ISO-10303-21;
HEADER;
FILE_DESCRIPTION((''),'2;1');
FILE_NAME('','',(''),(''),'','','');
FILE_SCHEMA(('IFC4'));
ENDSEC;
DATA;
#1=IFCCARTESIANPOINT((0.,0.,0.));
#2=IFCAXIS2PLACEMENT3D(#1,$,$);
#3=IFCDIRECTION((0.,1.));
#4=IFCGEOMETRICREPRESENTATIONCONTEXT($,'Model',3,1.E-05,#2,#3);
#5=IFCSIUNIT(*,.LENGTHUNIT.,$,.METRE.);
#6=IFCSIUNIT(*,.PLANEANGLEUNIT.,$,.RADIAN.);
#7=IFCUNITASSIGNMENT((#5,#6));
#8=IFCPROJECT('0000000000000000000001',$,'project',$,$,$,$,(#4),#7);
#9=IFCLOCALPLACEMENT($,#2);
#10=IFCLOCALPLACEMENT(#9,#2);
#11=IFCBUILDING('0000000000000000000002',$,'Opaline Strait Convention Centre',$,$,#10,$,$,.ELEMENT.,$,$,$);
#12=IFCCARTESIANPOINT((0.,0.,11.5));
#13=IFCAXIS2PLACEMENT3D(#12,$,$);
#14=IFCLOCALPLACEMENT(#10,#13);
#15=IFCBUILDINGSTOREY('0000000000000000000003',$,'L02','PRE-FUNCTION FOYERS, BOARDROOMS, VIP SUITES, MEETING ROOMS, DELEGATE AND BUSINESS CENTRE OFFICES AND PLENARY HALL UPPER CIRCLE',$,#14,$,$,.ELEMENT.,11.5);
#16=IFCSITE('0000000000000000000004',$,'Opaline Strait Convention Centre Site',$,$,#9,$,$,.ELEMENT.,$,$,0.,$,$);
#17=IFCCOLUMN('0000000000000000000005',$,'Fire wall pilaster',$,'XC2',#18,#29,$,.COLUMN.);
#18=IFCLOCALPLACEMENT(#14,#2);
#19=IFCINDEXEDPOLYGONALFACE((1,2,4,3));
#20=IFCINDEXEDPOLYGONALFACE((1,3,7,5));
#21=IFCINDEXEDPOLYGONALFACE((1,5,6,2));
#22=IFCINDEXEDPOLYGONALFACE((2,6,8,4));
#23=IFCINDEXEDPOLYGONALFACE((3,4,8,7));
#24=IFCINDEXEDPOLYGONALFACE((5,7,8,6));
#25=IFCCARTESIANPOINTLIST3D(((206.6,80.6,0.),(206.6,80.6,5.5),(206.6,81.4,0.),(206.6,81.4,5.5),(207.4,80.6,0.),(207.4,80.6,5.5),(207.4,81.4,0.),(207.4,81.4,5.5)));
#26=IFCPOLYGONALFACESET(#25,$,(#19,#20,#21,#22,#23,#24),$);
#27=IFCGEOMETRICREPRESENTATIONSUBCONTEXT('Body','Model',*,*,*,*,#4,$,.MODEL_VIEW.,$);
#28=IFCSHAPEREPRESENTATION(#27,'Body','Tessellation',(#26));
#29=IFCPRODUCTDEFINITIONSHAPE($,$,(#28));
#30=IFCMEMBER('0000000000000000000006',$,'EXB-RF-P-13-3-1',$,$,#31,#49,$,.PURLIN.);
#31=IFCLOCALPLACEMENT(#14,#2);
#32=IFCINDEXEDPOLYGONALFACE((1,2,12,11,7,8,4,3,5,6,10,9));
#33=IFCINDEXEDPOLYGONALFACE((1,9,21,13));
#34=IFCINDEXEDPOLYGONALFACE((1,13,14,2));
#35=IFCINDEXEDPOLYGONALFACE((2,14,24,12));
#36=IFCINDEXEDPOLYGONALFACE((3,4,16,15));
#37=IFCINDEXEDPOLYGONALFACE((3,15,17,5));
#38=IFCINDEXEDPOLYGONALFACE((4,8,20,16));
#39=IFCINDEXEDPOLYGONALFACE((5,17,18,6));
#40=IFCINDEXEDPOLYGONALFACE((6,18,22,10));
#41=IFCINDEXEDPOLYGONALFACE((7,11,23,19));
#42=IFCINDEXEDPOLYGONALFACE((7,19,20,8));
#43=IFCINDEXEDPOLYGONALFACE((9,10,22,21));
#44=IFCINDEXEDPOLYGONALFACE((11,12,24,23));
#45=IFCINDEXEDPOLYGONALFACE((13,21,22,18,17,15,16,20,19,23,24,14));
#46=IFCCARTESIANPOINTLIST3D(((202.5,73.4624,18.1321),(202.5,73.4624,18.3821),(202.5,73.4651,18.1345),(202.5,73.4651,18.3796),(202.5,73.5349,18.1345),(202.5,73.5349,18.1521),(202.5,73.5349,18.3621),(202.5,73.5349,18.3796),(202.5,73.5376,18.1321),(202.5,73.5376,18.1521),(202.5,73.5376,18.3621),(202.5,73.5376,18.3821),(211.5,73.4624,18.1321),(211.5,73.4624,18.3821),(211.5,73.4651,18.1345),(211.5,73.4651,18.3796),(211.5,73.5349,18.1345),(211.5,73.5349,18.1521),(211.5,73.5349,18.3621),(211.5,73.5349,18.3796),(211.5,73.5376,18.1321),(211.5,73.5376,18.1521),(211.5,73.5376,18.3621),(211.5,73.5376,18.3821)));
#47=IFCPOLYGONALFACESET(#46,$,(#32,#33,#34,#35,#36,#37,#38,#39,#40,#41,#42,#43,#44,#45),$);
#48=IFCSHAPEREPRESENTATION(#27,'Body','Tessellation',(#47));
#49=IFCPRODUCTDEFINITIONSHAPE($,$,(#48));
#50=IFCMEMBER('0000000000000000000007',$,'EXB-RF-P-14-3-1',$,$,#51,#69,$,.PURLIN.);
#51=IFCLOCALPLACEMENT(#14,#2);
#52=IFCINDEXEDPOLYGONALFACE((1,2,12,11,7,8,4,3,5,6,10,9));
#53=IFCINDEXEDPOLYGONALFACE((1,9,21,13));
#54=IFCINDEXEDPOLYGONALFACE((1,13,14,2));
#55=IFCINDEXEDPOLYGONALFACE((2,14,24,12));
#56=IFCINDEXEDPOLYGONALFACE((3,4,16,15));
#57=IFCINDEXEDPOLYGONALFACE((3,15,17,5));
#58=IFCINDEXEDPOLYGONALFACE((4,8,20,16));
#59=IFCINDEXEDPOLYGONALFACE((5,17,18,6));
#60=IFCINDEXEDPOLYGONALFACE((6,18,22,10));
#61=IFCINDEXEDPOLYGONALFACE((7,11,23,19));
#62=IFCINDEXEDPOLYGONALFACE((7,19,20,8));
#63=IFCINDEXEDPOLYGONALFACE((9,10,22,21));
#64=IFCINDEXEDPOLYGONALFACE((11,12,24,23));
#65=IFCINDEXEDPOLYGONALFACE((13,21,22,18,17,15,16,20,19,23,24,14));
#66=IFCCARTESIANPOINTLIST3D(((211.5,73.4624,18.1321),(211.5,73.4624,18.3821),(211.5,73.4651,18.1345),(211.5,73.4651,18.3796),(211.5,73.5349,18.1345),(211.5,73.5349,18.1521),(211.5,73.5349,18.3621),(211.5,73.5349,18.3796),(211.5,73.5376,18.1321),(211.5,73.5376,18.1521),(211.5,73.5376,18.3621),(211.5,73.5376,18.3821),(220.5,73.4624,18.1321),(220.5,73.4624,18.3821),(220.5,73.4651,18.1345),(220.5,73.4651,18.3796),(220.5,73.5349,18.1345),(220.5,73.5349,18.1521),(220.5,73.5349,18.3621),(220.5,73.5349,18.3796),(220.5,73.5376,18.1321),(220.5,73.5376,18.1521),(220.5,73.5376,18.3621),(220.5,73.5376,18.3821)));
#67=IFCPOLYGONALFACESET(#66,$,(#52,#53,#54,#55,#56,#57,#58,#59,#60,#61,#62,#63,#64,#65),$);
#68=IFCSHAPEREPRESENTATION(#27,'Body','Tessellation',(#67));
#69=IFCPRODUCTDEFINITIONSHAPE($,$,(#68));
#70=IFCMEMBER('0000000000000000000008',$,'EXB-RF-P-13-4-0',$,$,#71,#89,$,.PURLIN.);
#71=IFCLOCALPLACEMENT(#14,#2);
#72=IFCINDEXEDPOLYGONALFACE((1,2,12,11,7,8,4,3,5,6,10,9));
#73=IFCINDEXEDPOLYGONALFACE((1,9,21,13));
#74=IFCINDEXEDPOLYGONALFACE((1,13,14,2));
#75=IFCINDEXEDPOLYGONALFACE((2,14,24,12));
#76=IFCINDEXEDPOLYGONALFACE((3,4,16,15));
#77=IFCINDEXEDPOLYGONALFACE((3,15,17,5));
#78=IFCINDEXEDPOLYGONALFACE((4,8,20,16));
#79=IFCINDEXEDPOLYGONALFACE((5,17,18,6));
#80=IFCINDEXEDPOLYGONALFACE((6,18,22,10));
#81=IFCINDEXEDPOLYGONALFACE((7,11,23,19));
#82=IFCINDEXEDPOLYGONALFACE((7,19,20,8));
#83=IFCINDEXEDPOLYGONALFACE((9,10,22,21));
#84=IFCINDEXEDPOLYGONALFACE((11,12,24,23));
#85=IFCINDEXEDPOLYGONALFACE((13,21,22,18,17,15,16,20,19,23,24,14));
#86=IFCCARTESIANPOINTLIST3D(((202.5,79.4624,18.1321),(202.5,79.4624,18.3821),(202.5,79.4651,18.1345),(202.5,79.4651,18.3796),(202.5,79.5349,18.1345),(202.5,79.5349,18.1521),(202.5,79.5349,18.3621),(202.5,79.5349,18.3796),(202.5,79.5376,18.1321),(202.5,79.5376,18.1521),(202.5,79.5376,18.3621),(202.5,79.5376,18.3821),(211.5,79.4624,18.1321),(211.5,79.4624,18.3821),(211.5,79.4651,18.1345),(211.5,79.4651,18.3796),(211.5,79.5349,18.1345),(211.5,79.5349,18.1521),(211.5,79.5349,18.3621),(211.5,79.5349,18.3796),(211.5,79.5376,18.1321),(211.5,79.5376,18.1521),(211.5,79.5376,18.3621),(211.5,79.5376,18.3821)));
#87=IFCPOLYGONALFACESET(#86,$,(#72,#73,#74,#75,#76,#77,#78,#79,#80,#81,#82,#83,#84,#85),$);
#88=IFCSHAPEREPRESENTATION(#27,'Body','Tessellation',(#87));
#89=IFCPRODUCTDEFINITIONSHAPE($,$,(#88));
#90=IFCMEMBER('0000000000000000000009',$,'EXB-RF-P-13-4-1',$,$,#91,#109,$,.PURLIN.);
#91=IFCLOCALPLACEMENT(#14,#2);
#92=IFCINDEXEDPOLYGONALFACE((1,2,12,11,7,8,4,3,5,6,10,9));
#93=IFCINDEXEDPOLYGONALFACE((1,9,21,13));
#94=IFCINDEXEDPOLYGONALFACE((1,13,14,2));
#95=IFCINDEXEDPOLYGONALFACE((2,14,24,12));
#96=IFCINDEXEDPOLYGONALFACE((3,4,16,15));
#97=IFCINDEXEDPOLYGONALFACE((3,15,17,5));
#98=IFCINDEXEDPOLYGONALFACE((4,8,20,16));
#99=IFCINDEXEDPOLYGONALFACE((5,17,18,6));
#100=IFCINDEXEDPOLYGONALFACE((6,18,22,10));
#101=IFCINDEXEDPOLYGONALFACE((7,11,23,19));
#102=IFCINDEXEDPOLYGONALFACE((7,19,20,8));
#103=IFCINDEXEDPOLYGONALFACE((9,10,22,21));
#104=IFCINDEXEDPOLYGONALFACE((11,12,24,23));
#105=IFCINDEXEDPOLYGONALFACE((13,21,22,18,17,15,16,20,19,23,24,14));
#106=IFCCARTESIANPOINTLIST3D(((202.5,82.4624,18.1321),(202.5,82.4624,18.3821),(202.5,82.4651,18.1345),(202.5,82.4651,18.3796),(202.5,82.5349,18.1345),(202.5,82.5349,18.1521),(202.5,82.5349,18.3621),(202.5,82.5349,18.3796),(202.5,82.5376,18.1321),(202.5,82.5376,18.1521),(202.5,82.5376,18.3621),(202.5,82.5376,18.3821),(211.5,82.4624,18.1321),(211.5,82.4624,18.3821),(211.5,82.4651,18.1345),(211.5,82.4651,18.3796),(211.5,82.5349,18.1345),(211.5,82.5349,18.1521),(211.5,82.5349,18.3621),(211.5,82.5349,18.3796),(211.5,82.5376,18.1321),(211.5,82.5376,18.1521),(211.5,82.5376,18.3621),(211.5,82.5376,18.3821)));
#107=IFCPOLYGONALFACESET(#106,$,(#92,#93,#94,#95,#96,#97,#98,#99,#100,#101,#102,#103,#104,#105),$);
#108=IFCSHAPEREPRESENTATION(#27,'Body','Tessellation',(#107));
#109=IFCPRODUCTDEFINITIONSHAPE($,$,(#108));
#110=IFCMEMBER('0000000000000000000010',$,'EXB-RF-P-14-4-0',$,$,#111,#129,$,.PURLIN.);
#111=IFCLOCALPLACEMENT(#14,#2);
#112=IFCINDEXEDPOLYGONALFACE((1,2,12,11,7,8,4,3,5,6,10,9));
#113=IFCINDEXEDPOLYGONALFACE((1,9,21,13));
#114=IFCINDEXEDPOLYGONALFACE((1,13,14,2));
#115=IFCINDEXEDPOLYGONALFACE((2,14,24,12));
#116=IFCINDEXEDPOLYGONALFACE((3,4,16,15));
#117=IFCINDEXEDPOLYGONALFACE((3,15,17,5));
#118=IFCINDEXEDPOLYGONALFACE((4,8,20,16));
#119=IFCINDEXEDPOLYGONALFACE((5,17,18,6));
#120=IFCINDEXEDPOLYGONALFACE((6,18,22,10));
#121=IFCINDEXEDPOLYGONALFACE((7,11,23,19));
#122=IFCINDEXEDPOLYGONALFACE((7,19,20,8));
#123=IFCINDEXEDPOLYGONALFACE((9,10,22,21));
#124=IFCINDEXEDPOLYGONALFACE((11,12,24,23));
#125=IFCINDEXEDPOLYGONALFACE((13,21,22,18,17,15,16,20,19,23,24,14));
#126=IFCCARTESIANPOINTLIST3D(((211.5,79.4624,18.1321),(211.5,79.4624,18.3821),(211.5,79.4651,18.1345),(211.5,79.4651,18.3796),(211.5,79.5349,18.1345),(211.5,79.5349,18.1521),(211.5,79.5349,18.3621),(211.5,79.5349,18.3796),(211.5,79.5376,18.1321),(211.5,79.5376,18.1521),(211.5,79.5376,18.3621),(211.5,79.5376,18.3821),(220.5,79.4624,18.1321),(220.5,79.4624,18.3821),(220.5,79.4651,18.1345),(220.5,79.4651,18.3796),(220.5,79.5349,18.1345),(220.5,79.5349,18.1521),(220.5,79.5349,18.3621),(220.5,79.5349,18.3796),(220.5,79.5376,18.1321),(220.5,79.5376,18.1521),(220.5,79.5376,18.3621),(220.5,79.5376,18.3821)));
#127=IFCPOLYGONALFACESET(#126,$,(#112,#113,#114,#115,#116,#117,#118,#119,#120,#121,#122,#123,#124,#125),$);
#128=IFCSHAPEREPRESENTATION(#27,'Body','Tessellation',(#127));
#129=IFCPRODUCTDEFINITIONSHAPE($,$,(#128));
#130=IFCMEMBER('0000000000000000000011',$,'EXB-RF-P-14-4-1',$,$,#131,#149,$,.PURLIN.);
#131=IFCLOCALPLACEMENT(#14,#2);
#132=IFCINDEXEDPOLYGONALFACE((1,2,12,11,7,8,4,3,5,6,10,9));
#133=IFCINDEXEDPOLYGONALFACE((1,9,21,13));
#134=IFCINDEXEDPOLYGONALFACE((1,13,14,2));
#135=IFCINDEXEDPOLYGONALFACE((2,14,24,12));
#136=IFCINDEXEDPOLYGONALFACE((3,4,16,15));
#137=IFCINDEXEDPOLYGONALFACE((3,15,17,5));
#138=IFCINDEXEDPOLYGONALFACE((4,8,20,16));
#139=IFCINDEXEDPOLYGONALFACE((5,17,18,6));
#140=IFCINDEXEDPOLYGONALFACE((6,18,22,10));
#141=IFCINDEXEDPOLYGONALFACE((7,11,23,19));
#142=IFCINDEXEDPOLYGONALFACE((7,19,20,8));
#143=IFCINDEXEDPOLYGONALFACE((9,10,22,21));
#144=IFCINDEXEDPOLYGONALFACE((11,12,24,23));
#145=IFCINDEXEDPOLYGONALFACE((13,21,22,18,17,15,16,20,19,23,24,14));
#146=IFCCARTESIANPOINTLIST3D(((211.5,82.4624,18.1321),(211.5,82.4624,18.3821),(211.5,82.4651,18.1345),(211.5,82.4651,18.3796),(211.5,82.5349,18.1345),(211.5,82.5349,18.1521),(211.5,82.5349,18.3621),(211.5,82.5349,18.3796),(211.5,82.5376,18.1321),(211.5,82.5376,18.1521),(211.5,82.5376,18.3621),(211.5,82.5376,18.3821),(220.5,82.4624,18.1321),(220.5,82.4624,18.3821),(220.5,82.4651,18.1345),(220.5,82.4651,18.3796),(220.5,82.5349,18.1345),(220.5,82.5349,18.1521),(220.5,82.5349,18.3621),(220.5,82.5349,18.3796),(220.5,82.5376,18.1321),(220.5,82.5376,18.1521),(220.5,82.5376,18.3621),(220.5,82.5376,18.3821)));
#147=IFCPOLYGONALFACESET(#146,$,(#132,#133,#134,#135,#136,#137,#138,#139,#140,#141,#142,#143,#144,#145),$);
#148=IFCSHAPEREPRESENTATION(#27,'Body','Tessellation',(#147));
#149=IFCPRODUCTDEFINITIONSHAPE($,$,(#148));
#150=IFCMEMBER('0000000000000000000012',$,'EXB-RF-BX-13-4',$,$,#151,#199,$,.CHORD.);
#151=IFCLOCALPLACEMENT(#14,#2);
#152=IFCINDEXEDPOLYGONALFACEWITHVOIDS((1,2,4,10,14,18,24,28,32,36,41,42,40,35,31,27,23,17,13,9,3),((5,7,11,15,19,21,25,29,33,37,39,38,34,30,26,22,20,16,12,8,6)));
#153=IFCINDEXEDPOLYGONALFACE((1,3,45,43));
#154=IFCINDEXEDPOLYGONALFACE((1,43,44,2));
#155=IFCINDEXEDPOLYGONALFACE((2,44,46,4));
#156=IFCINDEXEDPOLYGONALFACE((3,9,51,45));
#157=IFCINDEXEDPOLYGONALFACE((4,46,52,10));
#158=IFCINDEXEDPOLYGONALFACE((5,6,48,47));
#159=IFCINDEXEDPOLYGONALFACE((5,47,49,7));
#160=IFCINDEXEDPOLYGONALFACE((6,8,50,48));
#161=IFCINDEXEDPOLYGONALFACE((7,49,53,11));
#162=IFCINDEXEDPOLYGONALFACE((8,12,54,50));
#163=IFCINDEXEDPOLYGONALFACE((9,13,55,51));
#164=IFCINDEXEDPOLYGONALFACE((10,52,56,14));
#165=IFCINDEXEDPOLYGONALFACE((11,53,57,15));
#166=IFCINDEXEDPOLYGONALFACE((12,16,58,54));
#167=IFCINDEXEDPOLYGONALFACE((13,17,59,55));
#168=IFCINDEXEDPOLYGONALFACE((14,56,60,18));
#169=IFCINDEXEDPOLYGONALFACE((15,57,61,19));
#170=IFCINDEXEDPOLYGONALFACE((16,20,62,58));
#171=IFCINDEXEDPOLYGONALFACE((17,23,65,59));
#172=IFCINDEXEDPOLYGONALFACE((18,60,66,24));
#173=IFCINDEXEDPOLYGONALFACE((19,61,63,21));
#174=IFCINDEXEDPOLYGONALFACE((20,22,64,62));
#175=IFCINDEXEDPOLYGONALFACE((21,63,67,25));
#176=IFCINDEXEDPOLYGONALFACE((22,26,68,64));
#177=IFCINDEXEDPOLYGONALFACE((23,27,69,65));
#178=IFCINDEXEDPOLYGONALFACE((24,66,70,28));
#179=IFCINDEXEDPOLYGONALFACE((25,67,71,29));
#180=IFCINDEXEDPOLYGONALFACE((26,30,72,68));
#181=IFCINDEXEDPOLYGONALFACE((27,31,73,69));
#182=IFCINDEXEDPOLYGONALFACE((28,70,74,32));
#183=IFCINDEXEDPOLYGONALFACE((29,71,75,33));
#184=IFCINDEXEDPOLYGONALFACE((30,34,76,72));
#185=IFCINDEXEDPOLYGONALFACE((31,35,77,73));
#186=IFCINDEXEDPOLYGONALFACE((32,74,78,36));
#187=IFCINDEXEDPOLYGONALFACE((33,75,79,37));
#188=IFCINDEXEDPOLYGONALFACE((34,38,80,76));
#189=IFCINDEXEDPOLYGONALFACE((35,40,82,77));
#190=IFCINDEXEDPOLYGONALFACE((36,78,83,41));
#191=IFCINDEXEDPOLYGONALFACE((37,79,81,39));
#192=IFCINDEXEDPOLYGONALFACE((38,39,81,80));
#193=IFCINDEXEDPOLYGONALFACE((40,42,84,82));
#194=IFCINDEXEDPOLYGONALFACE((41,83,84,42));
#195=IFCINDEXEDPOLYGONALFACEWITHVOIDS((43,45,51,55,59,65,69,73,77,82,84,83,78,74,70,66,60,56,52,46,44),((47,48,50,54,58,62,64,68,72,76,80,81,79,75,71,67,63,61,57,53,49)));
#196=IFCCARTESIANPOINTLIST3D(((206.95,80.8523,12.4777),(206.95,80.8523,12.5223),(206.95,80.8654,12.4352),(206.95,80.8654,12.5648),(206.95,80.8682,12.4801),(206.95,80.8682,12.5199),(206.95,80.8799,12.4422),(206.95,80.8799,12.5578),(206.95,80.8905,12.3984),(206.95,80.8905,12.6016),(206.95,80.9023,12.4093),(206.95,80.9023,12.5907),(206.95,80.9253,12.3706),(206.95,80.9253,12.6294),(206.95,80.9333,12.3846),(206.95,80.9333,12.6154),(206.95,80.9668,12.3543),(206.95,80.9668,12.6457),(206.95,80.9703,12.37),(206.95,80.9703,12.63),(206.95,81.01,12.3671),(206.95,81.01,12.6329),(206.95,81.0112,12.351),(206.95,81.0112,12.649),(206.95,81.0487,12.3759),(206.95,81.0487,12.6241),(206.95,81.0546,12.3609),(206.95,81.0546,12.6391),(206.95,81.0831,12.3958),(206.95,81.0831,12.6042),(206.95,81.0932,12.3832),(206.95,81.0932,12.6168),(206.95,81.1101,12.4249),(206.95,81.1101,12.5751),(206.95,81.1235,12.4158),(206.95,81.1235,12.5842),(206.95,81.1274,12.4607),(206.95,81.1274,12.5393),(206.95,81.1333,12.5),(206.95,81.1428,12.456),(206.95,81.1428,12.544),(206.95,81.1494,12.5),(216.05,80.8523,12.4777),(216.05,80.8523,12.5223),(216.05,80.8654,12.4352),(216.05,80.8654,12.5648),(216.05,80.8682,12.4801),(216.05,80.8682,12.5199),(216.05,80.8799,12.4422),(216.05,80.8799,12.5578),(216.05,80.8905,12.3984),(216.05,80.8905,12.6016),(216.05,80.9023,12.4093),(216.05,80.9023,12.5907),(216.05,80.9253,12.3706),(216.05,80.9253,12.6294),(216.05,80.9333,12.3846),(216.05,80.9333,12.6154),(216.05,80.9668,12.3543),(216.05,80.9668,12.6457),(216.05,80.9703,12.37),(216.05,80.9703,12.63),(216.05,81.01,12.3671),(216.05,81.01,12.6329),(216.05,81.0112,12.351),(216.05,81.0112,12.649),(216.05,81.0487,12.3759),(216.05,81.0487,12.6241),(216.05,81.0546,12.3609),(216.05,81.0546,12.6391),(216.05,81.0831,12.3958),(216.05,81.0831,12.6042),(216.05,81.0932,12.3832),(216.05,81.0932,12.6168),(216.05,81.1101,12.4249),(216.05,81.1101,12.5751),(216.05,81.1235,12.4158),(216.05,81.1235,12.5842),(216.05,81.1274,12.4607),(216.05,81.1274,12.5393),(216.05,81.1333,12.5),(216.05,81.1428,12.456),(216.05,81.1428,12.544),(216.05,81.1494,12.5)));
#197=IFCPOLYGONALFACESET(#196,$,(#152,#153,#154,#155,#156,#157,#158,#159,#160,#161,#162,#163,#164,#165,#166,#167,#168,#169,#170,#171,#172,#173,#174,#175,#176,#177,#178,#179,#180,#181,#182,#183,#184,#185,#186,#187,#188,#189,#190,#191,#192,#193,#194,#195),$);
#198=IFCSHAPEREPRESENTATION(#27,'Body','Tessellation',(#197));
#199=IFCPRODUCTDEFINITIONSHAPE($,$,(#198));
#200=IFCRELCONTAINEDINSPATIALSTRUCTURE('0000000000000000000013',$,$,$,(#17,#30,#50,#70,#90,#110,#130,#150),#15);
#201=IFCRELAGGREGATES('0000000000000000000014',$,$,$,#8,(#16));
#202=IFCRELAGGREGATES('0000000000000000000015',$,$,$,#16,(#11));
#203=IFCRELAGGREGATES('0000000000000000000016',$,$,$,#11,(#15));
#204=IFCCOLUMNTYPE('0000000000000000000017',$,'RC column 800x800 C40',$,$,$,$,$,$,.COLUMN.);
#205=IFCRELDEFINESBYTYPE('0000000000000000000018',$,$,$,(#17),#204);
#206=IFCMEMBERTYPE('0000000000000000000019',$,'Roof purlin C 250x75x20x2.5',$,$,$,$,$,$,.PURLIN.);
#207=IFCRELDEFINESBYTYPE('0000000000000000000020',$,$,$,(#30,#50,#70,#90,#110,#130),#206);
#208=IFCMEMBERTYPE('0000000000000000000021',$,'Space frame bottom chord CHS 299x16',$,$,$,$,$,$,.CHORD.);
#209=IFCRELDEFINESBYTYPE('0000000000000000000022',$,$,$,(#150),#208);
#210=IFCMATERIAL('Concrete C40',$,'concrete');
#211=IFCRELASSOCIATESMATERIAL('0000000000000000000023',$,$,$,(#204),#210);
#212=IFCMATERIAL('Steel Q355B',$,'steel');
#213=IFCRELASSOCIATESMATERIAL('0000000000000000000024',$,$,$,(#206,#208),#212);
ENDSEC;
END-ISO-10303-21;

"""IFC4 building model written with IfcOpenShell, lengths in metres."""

from ifc_helpers import new_model, si_unit, direction, frame, origin, origin_2d, place, context, subcontext, project, spatial, polyline, rectangle, hollow_circle, outline, extrude, material, material_profile, profile_set, type_object, element, save


model = new_model("IFC4")

# Units and contexts
model_context = context("Model", 3, precision=1e-05, world=origin(), true_north=direction((0.0, 1.0)))
body_context = subcontext(model_context, "Body", "Model", "MODEL_VIEW")
ifc_project = project(units=[si_unit("LENGTHUNIT", "METRE"), si_unit("PLANEANGLEUNIT", "RADIAN")], contexts=[model_context])

# Site, building, storey
site_placement = place(None, origin())
site = spatial("IfcSite", under=ifc_project, at=site_placement, Name="Opaline Strait Convention Centre Site", CompositionType="ELEMENT", RefElevation=0.0)
building_placement = place(site_placement, origin())
building = spatial("IfcBuilding", under=site, at=building_placement, Name="Opaline Strait Convention Centre", CompositionType="ELEMENT")
storey_placement = place(building_placement, frame((0.0, 0.0, 11.5)))
storey = spatial("IfcBuildingStorey", under=building, at=storey_placement, Name="L02", Description="PRE-FUNCTION FOYERS, BOARDROOMS, VIP SUITES, MEETING ROOMS, DELEGATE AND BUSINESS CENTRE OFFICES AND PLENARY HALL UPPER CIRCLE", CompositionType="ELEMENT", Elevation=11.5)

# Column
ifc_material_1 = material(Name="Concrete C40", Category="concrete")
ifc_material_profile_1 = material_profile(ifc_material_1, rectangle(XDim=0.8, YDim=0.8, at=origin_2d()), Name="RC 800x800")
ifc_profile_set_1 = profile_set([ifc_material_profile_1], Name="Concrete C40")
column_type = type_object("IfcColumnType", Name="RC column 800x800 C40", PredefinedType="COLUMN", material=ifc_profile_set_1)
column_placement = place(storey_placement, frame((207.0, 81.0, 0.0), z_axis=(0.0, 0.0, 1.0), x_axis=(1.0, 0.0, 0.0)))
element("IfcColumn", 1, at=column_placement, inside=storey, type_object=column_type, Name="Fire wall pilaster", ObjectType="XC2", PredefinedType="COLUMN", context=body_context, shape_type="SweptSolid", body=[
    extrude(rectangle(XDim=0.8, YDim=0.8, at=origin_2d()), origin(), (0.0, 0.0, 1.0), 5.5),
])

# Members
ifc_material_2 = material(Name="Steel Q355B", Category="steel")
ifc_material_profile_2 = material_profile(ifc_material_2, outline(polyline([(-0.0376, -0.125), (0.0376, -0.125), (0.0376, -0.105), (0.0349, -0.105), (0.0349, -0.1226), (-0.0349, -0.1226), (-0.0349, 0.1226), (0.0349, 0.1226), (0.0349, 0.105), (0.0376, 0.105), (0.0376, 0.125), (-0.0376, 0.125), (-0.0376, -0.125)])), Name="C 250x75x20x2.5")
ifc_profile_set_2 = profile_set([ifc_material_profile_2], Name="Steel Q355B")
member_type_1 = type_object("IfcMemberType", Name="Roof purlin C 250x75x20x2.5", PredefinedType="PURLIN", material=ifc_profile_set_2)
for number, where, z_axis, x_axis, name in (
    (2, (202.5, 73.5, 18.2571), (1.0, 0.0, 0.0), (0.0, 1.0, 0.0), "EXB-RF-P-13-3-1"),
    (3, (211.5, 73.5, 18.2571), (1.0, 0.0, 0.0), (0.0, 1.0, 0.0), "EXB-RF-P-14-3-1"),
    (4, (202.5, 79.5, 18.2571), (1.0, 0.0, 0.0), (0.0, 1.0, 0.0), "EXB-RF-P-13-4-0"),
    (5, (202.5, 82.5, 18.2571), (1.0, 0.0, 0.0), (0.0, 1.0, 0.0), "EXB-RF-P-13-4-1"),
    (6, (211.5, 79.5, 18.2571), (1.0, 0.0, 0.0), (0.0, 1.0, 0.0), "EXB-RF-P-14-4-0"),
    (7, (211.5, 82.5, 18.2571), (1.0, 0.0, 0.0), (0.0, 1.0, 0.0), "EXB-RF-P-14-4-1"),
):
    element("IfcMember", number, at=place(storey_placement, frame(where, z_axis=z_axis, x_axis=x_axis)), inside=storey, type_object=member_type_1, Name=name, PredefinedType="PURLIN", context=body_context, shape_type="SweptSolid", body=[
        extrude(outline(polyline([(-0.0376, -0.125), (0.0376, -0.125), (0.0376, -0.105), (0.0349, -0.105), (0.0349, -0.1226), (-0.0349, -0.1226), (-0.0349, 0.1226), (0.0349, 0.1226), (0.0349, 0.105), (0.0376, 0.105), (0.0376, 0.125), (-0.0376, 0.125), (-0.0376, -0.125)])), origin(), (0.0, 0.0, 1.0), 9.0),
    ])
ifc_material_profile_3 = material_profile(ifc_material_2, hollow_circle(Radius=0.1494, WallThickness=0.0161, at=origin_2d()), Name="CHS 299x16")
ifc_profile_set_3 = profile_set([ifc_material_profile_3], Name="Steel Q355B")
member_type_2 = type_object("IfcMemberType", Name="Space frame bottom chord CHS 299x16", PredefinedType="CHORD", material=ifc_profile_set_3)
for number, where, z_axis, x_axis, name in (
    (8, (206.95, 81.0, 12.5), (1.0, 0.0, 0.0), (0.0, 1.0, 0.0), "EXB-RF-BX-13-4"),
):
    element("IfcMember", number, at=place(storey_placement, frame(where, z_axis=z_axis, x_axis=x_axis)), inside=storey, type_object=member_type_2, Name=name, PredefinedType="CHORD", context=body_context, shape_type="SweptSolid", body=[
        extrude(hollow_circle(Radius=0.1494, WallThickness=0.0161, at=origin_2d()), origin(), (0.0, 0.0, 1.0), 9.1001),
    ])

save(model, "model.ifc")
